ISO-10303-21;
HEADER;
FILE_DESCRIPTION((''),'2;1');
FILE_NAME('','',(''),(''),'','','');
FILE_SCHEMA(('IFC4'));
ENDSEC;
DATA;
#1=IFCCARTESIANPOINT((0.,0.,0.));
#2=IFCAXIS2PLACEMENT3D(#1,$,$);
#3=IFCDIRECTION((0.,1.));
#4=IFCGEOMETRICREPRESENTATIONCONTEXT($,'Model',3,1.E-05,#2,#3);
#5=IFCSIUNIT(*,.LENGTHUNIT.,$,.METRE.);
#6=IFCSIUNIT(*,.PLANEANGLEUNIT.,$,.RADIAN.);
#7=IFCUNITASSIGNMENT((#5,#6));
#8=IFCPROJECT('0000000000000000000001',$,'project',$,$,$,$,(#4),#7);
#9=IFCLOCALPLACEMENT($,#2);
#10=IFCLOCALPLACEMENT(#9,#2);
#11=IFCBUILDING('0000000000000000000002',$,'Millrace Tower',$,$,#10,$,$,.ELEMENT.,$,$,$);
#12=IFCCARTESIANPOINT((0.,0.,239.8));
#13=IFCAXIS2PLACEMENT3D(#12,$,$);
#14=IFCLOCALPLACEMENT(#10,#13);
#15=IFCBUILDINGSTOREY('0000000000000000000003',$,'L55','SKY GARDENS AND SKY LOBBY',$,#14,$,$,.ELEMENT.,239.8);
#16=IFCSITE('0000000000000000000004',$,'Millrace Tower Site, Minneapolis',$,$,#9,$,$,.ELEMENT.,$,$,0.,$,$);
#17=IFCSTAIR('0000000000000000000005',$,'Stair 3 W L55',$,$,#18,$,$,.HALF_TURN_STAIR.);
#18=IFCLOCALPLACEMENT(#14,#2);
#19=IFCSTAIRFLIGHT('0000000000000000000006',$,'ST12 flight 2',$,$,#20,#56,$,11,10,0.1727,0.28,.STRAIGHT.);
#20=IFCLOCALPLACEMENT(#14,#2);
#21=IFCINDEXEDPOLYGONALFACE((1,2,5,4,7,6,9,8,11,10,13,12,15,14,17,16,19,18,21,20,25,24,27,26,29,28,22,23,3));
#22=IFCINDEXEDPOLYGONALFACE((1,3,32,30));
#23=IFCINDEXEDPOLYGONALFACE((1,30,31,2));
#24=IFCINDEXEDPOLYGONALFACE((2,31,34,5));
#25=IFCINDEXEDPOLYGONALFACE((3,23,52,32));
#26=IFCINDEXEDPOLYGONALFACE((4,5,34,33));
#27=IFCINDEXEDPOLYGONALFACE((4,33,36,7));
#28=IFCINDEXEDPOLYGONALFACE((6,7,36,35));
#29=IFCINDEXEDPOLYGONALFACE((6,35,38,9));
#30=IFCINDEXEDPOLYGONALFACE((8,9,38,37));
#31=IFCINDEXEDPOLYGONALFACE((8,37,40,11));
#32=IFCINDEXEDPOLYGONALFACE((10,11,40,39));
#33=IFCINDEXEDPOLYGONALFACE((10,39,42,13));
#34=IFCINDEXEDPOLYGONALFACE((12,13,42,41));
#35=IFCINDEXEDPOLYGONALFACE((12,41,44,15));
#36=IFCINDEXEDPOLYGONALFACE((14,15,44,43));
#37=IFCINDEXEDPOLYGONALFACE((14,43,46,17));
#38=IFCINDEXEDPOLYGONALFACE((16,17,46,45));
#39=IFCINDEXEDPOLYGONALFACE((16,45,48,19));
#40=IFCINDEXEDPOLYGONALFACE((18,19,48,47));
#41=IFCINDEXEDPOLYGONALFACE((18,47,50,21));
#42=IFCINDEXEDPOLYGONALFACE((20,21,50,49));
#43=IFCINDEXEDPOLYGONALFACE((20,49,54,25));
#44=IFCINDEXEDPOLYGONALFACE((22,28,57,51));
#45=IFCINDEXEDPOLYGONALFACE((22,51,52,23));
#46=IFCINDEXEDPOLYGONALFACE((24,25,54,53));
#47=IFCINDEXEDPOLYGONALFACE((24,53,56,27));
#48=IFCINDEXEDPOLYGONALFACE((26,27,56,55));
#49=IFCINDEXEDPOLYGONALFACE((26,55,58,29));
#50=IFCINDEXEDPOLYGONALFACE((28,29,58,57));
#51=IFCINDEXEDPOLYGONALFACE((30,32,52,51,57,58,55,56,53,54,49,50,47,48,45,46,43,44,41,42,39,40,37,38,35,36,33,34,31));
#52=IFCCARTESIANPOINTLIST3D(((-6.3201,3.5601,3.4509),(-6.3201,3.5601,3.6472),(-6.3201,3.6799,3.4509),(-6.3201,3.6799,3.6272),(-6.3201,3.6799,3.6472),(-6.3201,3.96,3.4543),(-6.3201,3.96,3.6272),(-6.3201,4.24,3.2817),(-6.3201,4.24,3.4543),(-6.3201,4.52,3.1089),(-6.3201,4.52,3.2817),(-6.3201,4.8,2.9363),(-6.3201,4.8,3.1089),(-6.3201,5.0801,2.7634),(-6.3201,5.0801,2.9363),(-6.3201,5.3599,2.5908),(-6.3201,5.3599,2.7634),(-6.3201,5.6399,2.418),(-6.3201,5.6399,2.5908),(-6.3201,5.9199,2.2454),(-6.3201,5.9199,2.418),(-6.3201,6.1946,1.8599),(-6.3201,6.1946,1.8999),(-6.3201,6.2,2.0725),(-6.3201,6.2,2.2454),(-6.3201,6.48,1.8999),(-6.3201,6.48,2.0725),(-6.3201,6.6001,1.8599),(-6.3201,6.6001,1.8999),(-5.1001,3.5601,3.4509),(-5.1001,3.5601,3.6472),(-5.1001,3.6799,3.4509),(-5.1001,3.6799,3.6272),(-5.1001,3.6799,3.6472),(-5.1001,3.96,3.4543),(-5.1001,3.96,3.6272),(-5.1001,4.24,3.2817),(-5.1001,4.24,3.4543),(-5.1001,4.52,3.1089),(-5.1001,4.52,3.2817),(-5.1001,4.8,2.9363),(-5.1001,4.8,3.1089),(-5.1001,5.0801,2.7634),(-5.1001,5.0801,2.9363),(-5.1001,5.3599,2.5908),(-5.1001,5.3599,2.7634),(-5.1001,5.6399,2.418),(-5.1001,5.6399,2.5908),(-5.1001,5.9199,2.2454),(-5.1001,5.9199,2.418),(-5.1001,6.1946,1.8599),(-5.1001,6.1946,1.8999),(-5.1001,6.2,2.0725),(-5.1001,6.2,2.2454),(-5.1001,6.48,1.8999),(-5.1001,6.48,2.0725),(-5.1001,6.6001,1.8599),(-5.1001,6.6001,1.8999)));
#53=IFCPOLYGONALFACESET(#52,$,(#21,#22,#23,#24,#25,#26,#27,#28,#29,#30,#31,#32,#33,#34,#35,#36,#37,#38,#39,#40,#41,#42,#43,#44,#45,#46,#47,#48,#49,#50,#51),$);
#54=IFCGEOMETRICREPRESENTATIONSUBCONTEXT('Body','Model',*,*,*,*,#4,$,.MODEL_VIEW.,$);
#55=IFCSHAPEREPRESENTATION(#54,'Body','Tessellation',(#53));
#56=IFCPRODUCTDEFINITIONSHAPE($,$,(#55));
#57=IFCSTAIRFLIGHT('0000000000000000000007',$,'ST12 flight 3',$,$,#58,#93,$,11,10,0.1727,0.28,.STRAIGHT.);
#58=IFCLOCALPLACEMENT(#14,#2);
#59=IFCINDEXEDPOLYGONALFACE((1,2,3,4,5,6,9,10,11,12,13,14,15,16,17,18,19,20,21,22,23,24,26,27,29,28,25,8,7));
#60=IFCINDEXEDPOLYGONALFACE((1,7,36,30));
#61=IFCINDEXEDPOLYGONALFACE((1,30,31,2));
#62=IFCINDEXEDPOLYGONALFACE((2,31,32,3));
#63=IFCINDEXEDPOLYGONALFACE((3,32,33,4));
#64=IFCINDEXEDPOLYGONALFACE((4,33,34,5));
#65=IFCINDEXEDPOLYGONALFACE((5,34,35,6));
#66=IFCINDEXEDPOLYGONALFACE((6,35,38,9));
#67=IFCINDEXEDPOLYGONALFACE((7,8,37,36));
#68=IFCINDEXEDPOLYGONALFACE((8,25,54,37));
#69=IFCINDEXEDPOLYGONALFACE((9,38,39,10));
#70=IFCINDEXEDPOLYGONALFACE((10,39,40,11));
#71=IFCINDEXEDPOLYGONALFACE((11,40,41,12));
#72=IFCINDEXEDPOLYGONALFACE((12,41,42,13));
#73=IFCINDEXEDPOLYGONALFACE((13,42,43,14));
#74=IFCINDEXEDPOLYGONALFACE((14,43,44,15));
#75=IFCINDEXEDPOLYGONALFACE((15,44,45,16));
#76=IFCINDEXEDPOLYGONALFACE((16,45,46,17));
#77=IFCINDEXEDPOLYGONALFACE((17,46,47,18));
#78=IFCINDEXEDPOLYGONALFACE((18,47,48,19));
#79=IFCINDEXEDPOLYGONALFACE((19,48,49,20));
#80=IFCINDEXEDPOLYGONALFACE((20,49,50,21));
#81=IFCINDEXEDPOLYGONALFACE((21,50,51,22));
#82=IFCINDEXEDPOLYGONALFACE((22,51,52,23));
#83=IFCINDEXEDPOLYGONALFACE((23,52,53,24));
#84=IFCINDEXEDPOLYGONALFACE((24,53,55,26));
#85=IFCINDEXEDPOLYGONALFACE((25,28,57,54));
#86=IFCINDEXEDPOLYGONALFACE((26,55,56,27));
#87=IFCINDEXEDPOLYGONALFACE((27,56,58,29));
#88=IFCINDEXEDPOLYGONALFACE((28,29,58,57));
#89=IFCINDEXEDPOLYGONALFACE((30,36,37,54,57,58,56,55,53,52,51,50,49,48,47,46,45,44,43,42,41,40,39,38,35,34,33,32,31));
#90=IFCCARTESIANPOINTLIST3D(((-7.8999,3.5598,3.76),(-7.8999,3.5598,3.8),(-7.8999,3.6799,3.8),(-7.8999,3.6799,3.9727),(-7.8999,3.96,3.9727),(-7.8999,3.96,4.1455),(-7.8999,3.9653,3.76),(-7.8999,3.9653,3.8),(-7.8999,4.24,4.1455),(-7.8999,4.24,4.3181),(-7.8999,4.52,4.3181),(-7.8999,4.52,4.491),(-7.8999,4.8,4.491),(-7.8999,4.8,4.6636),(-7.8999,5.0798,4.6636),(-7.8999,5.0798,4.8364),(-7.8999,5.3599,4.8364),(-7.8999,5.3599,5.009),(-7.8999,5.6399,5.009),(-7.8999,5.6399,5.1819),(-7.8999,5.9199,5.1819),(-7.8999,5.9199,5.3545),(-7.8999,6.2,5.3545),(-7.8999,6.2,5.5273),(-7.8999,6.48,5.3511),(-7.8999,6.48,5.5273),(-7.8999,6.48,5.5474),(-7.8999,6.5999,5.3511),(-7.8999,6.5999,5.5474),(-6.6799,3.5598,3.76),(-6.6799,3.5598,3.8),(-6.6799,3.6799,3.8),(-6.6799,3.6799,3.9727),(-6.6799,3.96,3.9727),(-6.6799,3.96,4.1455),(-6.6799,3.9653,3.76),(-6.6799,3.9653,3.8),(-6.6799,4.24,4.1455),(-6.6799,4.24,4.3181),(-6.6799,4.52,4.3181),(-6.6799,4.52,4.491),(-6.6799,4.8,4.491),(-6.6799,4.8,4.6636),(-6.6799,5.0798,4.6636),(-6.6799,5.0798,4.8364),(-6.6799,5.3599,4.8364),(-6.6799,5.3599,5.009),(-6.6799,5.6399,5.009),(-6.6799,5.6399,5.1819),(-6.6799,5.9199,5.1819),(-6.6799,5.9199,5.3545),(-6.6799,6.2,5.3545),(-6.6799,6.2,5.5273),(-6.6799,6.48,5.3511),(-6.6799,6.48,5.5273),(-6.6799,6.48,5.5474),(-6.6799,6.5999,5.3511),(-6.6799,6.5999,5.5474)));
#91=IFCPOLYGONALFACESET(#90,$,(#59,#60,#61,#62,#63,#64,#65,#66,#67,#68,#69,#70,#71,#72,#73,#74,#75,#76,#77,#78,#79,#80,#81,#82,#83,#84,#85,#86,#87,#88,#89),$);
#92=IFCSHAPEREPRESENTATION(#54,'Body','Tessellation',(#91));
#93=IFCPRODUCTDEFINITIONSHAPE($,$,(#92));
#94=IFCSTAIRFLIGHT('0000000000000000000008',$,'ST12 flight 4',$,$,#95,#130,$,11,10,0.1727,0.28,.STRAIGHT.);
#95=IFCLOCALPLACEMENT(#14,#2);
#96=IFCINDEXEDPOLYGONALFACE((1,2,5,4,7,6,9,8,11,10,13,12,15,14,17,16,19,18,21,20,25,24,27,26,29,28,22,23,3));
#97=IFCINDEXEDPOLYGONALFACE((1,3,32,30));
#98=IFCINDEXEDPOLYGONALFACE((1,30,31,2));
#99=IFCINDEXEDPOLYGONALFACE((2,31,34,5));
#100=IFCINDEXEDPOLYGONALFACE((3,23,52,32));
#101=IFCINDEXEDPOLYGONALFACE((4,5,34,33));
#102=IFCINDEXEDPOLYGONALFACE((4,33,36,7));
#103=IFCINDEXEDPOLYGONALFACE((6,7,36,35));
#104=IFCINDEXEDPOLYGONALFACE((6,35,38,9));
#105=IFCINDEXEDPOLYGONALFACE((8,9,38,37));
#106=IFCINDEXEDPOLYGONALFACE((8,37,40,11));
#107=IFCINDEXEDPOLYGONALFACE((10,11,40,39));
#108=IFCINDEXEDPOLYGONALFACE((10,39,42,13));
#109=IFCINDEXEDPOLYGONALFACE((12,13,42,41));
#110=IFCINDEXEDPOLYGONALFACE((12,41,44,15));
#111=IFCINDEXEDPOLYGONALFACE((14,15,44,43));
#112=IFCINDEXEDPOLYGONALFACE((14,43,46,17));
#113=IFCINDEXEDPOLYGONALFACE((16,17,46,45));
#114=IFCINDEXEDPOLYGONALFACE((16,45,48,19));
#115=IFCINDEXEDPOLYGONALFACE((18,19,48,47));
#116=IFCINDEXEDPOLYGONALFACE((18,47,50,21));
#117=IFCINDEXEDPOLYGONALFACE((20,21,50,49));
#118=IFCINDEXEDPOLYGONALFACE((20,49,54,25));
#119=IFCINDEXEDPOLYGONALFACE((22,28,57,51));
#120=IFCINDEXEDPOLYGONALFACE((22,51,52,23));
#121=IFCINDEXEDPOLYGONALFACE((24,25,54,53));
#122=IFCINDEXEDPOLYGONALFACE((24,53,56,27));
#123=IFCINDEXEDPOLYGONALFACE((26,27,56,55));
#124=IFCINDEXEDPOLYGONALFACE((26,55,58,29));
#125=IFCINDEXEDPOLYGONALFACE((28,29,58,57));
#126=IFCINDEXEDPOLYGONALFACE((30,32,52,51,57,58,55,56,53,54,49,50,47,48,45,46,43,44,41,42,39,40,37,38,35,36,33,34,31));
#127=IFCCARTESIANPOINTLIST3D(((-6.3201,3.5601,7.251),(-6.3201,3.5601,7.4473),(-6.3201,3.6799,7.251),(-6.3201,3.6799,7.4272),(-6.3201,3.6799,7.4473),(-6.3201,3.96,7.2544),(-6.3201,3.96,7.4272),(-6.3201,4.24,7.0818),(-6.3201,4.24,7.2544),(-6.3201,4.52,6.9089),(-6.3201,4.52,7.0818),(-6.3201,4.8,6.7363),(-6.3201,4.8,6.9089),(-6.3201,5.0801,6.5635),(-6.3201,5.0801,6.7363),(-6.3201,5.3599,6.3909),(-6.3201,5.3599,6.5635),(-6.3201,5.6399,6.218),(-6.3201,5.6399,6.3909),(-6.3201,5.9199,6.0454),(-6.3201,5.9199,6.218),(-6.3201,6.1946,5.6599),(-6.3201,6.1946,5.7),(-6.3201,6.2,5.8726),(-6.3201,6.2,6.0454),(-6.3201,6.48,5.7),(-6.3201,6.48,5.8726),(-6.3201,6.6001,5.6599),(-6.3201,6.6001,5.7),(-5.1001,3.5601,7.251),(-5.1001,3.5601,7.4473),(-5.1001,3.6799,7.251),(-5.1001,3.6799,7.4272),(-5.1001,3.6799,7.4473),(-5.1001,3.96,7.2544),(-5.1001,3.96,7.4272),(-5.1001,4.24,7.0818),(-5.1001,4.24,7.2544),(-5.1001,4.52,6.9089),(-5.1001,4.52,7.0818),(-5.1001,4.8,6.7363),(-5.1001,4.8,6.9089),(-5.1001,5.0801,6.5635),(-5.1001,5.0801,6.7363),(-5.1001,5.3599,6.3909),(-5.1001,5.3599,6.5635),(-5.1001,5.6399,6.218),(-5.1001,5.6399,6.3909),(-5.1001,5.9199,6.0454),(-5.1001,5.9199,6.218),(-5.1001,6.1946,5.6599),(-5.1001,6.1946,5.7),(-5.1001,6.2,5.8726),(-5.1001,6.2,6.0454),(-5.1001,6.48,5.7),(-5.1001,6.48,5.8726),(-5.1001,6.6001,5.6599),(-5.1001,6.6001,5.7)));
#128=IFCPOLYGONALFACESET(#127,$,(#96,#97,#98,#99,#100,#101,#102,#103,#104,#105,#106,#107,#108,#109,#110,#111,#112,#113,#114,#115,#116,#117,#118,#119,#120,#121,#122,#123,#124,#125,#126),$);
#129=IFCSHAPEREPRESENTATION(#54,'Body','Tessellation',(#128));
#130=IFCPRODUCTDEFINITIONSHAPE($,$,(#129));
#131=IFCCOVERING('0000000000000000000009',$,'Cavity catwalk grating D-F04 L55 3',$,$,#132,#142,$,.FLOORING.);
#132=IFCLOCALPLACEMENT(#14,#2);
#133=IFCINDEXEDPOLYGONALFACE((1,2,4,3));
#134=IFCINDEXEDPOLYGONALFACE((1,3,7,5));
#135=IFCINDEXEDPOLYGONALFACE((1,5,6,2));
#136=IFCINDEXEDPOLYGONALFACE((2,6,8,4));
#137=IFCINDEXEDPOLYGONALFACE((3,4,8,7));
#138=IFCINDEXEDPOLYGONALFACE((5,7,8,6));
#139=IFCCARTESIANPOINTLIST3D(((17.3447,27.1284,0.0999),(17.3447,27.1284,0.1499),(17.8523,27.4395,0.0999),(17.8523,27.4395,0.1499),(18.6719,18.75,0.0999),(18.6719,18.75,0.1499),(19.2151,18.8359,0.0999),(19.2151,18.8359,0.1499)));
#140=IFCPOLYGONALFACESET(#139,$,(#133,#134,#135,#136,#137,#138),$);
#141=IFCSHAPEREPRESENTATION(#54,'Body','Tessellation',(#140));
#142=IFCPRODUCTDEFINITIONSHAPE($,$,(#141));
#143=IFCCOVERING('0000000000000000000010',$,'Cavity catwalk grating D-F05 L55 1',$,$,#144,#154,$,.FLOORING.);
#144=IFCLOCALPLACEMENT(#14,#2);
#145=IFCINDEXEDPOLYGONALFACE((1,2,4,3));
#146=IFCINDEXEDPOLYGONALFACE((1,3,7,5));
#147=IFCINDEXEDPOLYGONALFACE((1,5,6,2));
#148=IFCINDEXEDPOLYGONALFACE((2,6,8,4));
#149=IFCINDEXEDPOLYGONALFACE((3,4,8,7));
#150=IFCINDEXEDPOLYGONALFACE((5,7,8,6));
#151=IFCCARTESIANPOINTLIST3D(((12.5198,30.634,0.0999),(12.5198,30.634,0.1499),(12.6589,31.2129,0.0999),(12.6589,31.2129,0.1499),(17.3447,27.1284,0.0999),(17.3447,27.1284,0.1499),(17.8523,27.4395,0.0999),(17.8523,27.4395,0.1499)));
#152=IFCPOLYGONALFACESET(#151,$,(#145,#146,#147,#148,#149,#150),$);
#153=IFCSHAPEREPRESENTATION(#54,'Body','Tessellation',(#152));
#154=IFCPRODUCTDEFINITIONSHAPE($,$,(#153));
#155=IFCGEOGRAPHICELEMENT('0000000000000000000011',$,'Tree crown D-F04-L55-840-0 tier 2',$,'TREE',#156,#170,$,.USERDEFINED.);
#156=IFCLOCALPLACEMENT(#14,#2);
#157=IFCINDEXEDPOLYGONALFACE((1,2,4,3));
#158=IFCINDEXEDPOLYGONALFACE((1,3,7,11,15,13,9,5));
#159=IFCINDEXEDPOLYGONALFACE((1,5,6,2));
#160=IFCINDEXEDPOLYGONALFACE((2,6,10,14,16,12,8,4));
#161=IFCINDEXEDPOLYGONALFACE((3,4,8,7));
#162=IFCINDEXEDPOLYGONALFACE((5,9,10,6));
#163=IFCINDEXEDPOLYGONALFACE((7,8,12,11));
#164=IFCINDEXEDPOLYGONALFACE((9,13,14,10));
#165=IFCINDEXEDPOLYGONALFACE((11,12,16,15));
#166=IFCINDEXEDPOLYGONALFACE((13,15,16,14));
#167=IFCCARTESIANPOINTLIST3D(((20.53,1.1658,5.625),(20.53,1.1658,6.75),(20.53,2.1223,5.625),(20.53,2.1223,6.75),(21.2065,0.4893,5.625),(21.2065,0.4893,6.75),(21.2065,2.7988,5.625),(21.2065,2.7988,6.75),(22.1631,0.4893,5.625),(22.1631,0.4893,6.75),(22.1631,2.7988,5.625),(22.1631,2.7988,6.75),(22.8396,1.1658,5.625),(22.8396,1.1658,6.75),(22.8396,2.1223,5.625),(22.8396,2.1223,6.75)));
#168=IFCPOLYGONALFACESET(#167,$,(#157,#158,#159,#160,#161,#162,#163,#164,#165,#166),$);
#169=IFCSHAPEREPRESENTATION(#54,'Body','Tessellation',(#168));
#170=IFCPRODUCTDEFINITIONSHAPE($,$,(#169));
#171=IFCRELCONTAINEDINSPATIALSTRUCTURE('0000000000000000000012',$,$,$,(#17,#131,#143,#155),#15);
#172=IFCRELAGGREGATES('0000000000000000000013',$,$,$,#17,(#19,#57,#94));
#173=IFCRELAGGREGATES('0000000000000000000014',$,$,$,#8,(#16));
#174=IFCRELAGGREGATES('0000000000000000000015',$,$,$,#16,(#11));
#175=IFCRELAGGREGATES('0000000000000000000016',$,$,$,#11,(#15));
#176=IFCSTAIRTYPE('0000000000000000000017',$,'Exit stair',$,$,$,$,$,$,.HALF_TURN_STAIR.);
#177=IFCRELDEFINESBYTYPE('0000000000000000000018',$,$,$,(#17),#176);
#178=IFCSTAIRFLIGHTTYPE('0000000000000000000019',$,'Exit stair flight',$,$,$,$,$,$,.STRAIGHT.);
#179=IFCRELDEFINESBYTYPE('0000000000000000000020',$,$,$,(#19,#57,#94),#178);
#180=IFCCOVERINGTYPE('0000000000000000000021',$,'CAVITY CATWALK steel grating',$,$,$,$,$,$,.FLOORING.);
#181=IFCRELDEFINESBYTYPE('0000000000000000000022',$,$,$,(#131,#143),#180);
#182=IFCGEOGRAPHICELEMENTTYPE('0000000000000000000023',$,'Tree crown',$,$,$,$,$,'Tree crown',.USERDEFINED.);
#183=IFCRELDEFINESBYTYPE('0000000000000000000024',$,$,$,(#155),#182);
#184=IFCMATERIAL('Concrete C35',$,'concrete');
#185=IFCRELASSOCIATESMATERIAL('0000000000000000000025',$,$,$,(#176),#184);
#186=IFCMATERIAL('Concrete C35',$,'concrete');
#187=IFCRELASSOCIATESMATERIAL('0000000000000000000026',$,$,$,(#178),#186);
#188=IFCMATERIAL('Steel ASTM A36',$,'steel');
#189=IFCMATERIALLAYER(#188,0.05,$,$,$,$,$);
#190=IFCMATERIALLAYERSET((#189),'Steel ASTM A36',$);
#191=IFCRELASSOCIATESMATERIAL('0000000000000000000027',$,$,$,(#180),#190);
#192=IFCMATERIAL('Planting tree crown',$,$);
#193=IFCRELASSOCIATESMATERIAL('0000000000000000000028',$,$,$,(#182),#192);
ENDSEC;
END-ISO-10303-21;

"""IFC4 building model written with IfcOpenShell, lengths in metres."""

from ifc_helpers import new_model, si_unit, direction, frame, origin, place, context, subcontext, project, spatial, polyline, outline, extrude, material, layer, layer_set, type_object, element, aggregate, save


model = new_model("IFC4")

# Units and contexts
model_context = context("Model", 3, precision=1e-05, world=origin(), true_north=direction((0.0, 1.0)))
body_context = subcontext(model_context, "Body", "Model", "MODEL_VIEW")
ifc_project = project(units=[si_unit("LENGTHUNIT", "METRE"), si_unit("PLANEANGLEUNIT", "RADIAN")], contexts=[model_context])

# Site, building, storey
site_placement = place(None, origin())
site = spatial("IfcSite", under=ifc_project, at=site_placement, Name="Millrace Tower Site, Minneapolis", CompositionType="ELEMENT", RefElevation=0.0)
building_placement = place(site_placement, origin())
building = spatial("IfcBuilding", under=site, at=building_placement, Name="Millrace Tower", CompositionType="ELEMENT")
storey_placement = place(building_placement, frame((0.0, 0.0, 239.8)))
storey = spatial("IfcBuildingStorey", under=building, at=storey_placement, Name="L55", Description="SKY GARDENS AND SKY LOBBY", CompositionType="ELEMENT", Elevation=239.8)

# Shared definitions
placement_1 = place(storey_placement, origin())

# Shared definitions
ifc_material_1 = material(Name="Concrete C35", Category="concrete")
stair_type = type_object("IfcStairType", Name="Exit stair", PredefinedType="HALF_TURN_STAIR", material=ifc_material_1)
ifc_material_2 = material(Name="Concrete C35", Category="concrete")
stair_flight_type = type_object("IfcStairFlightType", Name="Exit stair flight", PredefinedType="STRAIGHT", material=ifc_material_2)

# Stair, stair flights
stair_1 = element("IfcStair", 1, at=placement_1, inside=storey, type_object=stair_type, Name="Stair 3 W L55", PredefinedType="HALF_TURN_STAIR")
stair_flight_1_placement = place(storey_placement, frame((-5.71, 6.48, 1.8999), z_axis=(0.0, 0.0, 1.0), x_axis=(0.0, -1.0, 0.0)))
stair_flight_1 = element("IfcStairFlight", 2, at=stair_flight_1_placement, type_object=stair_flight_type, Name="ST12 flight 2", NumberOfRisers=11, NumberOfTreads=10, PredefinedType="STRAIGHT", RiserHeight=0.1727, TreadLength=0.28, context=body_context, shape_type="SweptSolid", body=[
    extrude(outline(polyline([(-0.1201, -0.04), (-0.1201, 0.0), (0.0, 0.0), (0.0, 0.1726), (0.28, 0.1726), (0.28, 0.3455), (0.5601, 0.3455), (0.5601, 0.5181), (0.8401, 0.5181), (0.8401, 0.6909), (1.1201, 0.6909), (1.1201, 0.8635), (1.3999, 0.8635), (1.3999, 1.0364), (1.6799, 1.0364), (1.6799, 1.209), (1.96, 1.209), (1.96, 1.3818), (2.24, 1.3818), (2.24, 1.5544), (2.52, 1.5544), (2.52, 1.7273), (2.8, 1.7273), (2.8, 1.7473), (2.9199, 1.7473), (2.9199, 1.551), (2.8, 1.551), (0.2854, 0.0), (0.2854, -0.04), (-0.1201, -0.04)])), frame((0.0, 0.6099, 0.0), z_axis=(0.0, -1.0, 0.0), x_axis=(1.0, 0.0, 0.0)), (0.0, 0.0, 1.0), 1.22),
])
stair_flight_2_placement = place(storey_placement, frame((-7.29, 3.6799, 3.8), z_axis=(0.0, 0.0, 1.0), x_axis=(0.0, 1.0, 0.0)))
stair_flight_2 = element("IfcStairFlight", 3, at=stair_flight_2_placement, type_object=stair_flight_type, Name="ST12 flight 3", NumberOfRisers=11, NumberOfTreads=10, PredefinedType="STRAIGHT", RiserHeight=0.1727, TreadLength=0.28, context=body_context, shape_type="SweptSolid", body=[
    extrude(outline(polyline([(-0.1201, -0.04), (-0.1201, 0.0), (0.0, 0.0), (0.0, 0.1726), (0.28, 0.1726), (0.28, 0.3455), (0.5601, 0.3455), (0.5601, 0.5181), (0.8401, 0.5181), (0.8401, 0.6909), (1.1201, 0.6909), (1.1201, 0.8635), (1.3999, 0.8635), (1.3999, 1.0364), (1.6799, 1.0364), (1.6799, 1.209), (1.96, 1.209), (1.96, 1.3818), (2.24, 1.3818), (2.24, 1.5544), (2.52, 1.5544), (2.52, 1.7273), (2.8, 1.7273), (2.8, 1.7473), (2.9199, 1.7473), (2.9199, 1.551), (2.8, 1.551), (0.2854, 0.0), (0.2854, -0.04), (-0.1201, -0.04)])), frame((0.0, 0.6099, 0.0), z_axis=(0.0, -1.0, 0.0), x_axis=(1.0, 0.0, 0.0)), (0.0, 0.0, 1.0), 1.22),
])
stair_flight_3_placement = place(storey_placement, frame((-5.71, 6.48, 5.7), z_axis=(0.0, 0.0, 1.0), x_axis=(0.0, -1.0, 0.0)))
stair_flight_3 = element("IfcStairFlight", 4, at=stair_flight_3_placement, type_object=stair_flight_type, Name="ST12 flight 4", NumberOfRisers=11, NumberOfTreads=10, PredefinedType="STRAIGHT", RiserHeight=0.1727, TreadLength=0.28, context=body_context, shape_type="SweptSolid", body=[
    extrude(outline(polyline([(-0.1201, -0.04), (-0.1201, 0.0), (0.0, 0.0), (0.0, 0.1726), (0.28, 0.1726), (0.28, 0.3455), (0.5601, 0.3455), (0.5601, 0.5181), (0.8401, 0.5181), (0.8401, 0.6909), (1.1201, 0.6909), (1.1201, 0.8635), (1.3999, 0.8635), (1.3999, 1.0364), (1.6799, 1.0364), (1.6799, 1.209), (1.96, 1.209), (1.96, 1.3818), (2.24, 1.3818), (2.24, 1.5544), (2.52, 1.5544), (2.52, 1.7273), (2.8, 1.7273), (2.8, 1.7473), (2.9199, 1.7473), (2.9199, 1.551), (2.8, 1.551), (0.2854, 0.0), (0.2854, -0.04), (-0.1201, -0.04)])), frame((0.0, 0.6099, 0.0), z_axis=(0.0, -1.0, 0.0), x_axis=(1.0, 0.0, 0.0)), (0.0, 0.0, 1.0), 1.22),
])
aggregate(stair_1, [stair_flight_1, stair_flight_2, stair_flight_3])

# Coverings
ifc_material_3 = material(Name="Steel ASTM A36", Category="steel")
ifc_layer_1 = layer(ifc_material_3, 0.05)
ifc_layer_set_1 = layer_set([ifc_layer_1], Name="Steel ASTM A36")
covering_type = type_object("IfcCoveringType", Name="CAVITY CATWALK steel grating", PredefinedType="FLOORING", material=ifc_layer_set_1)
placement_2 = place(storey_placement, frame((0.0, 0.0, 0.0999)))
element("IfcCovering", 5, at=placement_2, inside=storey, type_object=covering_type, Name="Cavity catwalk grating D-F04 L55 3", PredefinedType="FLOORING", context=body_context, shape_type="SweptSolid", body=[
    extrude(outline(polyline([(19.2151, 18.8359), (17.8523, 27.4395), (17.3447, 27.1284), (18.6719, 18.75), (19.2151, 18.8359)])), origin(), (0.0, 0.0, 1.0), 0.05),
])
element("IfcCovering", 6, at=placement_2, inside=storey, type_object=covering_type, Name="Cavity catwalk grating D-F05 L55 1", PredefinedType="FLOORING", context=body_context, shape_type="SweptSolid", body=[
    extrude(outline(polyline([(17.8523, 27.4395), (12.6589, 31.2129), (12.5198, 30.634), (17.3447, 27.1284), (17.8523, 27.4395)])), origin(), (0.0, 0.0, 1.0), 0.05),
])

# Geographic element
ifc_material_4 = material(Name="Planting tree crown")
geographic_element_type = type_object("IfcGeographicElementType", Name="Tree crown", ElementType="Tree crown", PredefinedType="USERDEFINED", material=ifc_material_4)
placement_3 = place(storey_placement, frame((0.0, 0.0, 5.625)))
element("IfcGeographicElement", 7, at=placement_3, inside=storey, type_object=geographic_element_type, Name="Tree crown D-F04-L55-840-0 tier 2", ObjectType="TREE", PredefinedType="USERDEFINED", context=body_context, shape_type="SweptSolid", body=[
    extrude(outline(polyline([(22.8396, 2.1223), (22.1631, 2.7988), (21.2065, 2.7988), (20.53, 2.1223), (20.53, 1.1658), (21.2065, 0.4893), (22.1631, 0.4893), (22.8396, 1.1658), (22.8396, 2.1223)])), origin(), (0.0, 0.0, 1.0), 1.125),
])

save(model, "model.ifc")
